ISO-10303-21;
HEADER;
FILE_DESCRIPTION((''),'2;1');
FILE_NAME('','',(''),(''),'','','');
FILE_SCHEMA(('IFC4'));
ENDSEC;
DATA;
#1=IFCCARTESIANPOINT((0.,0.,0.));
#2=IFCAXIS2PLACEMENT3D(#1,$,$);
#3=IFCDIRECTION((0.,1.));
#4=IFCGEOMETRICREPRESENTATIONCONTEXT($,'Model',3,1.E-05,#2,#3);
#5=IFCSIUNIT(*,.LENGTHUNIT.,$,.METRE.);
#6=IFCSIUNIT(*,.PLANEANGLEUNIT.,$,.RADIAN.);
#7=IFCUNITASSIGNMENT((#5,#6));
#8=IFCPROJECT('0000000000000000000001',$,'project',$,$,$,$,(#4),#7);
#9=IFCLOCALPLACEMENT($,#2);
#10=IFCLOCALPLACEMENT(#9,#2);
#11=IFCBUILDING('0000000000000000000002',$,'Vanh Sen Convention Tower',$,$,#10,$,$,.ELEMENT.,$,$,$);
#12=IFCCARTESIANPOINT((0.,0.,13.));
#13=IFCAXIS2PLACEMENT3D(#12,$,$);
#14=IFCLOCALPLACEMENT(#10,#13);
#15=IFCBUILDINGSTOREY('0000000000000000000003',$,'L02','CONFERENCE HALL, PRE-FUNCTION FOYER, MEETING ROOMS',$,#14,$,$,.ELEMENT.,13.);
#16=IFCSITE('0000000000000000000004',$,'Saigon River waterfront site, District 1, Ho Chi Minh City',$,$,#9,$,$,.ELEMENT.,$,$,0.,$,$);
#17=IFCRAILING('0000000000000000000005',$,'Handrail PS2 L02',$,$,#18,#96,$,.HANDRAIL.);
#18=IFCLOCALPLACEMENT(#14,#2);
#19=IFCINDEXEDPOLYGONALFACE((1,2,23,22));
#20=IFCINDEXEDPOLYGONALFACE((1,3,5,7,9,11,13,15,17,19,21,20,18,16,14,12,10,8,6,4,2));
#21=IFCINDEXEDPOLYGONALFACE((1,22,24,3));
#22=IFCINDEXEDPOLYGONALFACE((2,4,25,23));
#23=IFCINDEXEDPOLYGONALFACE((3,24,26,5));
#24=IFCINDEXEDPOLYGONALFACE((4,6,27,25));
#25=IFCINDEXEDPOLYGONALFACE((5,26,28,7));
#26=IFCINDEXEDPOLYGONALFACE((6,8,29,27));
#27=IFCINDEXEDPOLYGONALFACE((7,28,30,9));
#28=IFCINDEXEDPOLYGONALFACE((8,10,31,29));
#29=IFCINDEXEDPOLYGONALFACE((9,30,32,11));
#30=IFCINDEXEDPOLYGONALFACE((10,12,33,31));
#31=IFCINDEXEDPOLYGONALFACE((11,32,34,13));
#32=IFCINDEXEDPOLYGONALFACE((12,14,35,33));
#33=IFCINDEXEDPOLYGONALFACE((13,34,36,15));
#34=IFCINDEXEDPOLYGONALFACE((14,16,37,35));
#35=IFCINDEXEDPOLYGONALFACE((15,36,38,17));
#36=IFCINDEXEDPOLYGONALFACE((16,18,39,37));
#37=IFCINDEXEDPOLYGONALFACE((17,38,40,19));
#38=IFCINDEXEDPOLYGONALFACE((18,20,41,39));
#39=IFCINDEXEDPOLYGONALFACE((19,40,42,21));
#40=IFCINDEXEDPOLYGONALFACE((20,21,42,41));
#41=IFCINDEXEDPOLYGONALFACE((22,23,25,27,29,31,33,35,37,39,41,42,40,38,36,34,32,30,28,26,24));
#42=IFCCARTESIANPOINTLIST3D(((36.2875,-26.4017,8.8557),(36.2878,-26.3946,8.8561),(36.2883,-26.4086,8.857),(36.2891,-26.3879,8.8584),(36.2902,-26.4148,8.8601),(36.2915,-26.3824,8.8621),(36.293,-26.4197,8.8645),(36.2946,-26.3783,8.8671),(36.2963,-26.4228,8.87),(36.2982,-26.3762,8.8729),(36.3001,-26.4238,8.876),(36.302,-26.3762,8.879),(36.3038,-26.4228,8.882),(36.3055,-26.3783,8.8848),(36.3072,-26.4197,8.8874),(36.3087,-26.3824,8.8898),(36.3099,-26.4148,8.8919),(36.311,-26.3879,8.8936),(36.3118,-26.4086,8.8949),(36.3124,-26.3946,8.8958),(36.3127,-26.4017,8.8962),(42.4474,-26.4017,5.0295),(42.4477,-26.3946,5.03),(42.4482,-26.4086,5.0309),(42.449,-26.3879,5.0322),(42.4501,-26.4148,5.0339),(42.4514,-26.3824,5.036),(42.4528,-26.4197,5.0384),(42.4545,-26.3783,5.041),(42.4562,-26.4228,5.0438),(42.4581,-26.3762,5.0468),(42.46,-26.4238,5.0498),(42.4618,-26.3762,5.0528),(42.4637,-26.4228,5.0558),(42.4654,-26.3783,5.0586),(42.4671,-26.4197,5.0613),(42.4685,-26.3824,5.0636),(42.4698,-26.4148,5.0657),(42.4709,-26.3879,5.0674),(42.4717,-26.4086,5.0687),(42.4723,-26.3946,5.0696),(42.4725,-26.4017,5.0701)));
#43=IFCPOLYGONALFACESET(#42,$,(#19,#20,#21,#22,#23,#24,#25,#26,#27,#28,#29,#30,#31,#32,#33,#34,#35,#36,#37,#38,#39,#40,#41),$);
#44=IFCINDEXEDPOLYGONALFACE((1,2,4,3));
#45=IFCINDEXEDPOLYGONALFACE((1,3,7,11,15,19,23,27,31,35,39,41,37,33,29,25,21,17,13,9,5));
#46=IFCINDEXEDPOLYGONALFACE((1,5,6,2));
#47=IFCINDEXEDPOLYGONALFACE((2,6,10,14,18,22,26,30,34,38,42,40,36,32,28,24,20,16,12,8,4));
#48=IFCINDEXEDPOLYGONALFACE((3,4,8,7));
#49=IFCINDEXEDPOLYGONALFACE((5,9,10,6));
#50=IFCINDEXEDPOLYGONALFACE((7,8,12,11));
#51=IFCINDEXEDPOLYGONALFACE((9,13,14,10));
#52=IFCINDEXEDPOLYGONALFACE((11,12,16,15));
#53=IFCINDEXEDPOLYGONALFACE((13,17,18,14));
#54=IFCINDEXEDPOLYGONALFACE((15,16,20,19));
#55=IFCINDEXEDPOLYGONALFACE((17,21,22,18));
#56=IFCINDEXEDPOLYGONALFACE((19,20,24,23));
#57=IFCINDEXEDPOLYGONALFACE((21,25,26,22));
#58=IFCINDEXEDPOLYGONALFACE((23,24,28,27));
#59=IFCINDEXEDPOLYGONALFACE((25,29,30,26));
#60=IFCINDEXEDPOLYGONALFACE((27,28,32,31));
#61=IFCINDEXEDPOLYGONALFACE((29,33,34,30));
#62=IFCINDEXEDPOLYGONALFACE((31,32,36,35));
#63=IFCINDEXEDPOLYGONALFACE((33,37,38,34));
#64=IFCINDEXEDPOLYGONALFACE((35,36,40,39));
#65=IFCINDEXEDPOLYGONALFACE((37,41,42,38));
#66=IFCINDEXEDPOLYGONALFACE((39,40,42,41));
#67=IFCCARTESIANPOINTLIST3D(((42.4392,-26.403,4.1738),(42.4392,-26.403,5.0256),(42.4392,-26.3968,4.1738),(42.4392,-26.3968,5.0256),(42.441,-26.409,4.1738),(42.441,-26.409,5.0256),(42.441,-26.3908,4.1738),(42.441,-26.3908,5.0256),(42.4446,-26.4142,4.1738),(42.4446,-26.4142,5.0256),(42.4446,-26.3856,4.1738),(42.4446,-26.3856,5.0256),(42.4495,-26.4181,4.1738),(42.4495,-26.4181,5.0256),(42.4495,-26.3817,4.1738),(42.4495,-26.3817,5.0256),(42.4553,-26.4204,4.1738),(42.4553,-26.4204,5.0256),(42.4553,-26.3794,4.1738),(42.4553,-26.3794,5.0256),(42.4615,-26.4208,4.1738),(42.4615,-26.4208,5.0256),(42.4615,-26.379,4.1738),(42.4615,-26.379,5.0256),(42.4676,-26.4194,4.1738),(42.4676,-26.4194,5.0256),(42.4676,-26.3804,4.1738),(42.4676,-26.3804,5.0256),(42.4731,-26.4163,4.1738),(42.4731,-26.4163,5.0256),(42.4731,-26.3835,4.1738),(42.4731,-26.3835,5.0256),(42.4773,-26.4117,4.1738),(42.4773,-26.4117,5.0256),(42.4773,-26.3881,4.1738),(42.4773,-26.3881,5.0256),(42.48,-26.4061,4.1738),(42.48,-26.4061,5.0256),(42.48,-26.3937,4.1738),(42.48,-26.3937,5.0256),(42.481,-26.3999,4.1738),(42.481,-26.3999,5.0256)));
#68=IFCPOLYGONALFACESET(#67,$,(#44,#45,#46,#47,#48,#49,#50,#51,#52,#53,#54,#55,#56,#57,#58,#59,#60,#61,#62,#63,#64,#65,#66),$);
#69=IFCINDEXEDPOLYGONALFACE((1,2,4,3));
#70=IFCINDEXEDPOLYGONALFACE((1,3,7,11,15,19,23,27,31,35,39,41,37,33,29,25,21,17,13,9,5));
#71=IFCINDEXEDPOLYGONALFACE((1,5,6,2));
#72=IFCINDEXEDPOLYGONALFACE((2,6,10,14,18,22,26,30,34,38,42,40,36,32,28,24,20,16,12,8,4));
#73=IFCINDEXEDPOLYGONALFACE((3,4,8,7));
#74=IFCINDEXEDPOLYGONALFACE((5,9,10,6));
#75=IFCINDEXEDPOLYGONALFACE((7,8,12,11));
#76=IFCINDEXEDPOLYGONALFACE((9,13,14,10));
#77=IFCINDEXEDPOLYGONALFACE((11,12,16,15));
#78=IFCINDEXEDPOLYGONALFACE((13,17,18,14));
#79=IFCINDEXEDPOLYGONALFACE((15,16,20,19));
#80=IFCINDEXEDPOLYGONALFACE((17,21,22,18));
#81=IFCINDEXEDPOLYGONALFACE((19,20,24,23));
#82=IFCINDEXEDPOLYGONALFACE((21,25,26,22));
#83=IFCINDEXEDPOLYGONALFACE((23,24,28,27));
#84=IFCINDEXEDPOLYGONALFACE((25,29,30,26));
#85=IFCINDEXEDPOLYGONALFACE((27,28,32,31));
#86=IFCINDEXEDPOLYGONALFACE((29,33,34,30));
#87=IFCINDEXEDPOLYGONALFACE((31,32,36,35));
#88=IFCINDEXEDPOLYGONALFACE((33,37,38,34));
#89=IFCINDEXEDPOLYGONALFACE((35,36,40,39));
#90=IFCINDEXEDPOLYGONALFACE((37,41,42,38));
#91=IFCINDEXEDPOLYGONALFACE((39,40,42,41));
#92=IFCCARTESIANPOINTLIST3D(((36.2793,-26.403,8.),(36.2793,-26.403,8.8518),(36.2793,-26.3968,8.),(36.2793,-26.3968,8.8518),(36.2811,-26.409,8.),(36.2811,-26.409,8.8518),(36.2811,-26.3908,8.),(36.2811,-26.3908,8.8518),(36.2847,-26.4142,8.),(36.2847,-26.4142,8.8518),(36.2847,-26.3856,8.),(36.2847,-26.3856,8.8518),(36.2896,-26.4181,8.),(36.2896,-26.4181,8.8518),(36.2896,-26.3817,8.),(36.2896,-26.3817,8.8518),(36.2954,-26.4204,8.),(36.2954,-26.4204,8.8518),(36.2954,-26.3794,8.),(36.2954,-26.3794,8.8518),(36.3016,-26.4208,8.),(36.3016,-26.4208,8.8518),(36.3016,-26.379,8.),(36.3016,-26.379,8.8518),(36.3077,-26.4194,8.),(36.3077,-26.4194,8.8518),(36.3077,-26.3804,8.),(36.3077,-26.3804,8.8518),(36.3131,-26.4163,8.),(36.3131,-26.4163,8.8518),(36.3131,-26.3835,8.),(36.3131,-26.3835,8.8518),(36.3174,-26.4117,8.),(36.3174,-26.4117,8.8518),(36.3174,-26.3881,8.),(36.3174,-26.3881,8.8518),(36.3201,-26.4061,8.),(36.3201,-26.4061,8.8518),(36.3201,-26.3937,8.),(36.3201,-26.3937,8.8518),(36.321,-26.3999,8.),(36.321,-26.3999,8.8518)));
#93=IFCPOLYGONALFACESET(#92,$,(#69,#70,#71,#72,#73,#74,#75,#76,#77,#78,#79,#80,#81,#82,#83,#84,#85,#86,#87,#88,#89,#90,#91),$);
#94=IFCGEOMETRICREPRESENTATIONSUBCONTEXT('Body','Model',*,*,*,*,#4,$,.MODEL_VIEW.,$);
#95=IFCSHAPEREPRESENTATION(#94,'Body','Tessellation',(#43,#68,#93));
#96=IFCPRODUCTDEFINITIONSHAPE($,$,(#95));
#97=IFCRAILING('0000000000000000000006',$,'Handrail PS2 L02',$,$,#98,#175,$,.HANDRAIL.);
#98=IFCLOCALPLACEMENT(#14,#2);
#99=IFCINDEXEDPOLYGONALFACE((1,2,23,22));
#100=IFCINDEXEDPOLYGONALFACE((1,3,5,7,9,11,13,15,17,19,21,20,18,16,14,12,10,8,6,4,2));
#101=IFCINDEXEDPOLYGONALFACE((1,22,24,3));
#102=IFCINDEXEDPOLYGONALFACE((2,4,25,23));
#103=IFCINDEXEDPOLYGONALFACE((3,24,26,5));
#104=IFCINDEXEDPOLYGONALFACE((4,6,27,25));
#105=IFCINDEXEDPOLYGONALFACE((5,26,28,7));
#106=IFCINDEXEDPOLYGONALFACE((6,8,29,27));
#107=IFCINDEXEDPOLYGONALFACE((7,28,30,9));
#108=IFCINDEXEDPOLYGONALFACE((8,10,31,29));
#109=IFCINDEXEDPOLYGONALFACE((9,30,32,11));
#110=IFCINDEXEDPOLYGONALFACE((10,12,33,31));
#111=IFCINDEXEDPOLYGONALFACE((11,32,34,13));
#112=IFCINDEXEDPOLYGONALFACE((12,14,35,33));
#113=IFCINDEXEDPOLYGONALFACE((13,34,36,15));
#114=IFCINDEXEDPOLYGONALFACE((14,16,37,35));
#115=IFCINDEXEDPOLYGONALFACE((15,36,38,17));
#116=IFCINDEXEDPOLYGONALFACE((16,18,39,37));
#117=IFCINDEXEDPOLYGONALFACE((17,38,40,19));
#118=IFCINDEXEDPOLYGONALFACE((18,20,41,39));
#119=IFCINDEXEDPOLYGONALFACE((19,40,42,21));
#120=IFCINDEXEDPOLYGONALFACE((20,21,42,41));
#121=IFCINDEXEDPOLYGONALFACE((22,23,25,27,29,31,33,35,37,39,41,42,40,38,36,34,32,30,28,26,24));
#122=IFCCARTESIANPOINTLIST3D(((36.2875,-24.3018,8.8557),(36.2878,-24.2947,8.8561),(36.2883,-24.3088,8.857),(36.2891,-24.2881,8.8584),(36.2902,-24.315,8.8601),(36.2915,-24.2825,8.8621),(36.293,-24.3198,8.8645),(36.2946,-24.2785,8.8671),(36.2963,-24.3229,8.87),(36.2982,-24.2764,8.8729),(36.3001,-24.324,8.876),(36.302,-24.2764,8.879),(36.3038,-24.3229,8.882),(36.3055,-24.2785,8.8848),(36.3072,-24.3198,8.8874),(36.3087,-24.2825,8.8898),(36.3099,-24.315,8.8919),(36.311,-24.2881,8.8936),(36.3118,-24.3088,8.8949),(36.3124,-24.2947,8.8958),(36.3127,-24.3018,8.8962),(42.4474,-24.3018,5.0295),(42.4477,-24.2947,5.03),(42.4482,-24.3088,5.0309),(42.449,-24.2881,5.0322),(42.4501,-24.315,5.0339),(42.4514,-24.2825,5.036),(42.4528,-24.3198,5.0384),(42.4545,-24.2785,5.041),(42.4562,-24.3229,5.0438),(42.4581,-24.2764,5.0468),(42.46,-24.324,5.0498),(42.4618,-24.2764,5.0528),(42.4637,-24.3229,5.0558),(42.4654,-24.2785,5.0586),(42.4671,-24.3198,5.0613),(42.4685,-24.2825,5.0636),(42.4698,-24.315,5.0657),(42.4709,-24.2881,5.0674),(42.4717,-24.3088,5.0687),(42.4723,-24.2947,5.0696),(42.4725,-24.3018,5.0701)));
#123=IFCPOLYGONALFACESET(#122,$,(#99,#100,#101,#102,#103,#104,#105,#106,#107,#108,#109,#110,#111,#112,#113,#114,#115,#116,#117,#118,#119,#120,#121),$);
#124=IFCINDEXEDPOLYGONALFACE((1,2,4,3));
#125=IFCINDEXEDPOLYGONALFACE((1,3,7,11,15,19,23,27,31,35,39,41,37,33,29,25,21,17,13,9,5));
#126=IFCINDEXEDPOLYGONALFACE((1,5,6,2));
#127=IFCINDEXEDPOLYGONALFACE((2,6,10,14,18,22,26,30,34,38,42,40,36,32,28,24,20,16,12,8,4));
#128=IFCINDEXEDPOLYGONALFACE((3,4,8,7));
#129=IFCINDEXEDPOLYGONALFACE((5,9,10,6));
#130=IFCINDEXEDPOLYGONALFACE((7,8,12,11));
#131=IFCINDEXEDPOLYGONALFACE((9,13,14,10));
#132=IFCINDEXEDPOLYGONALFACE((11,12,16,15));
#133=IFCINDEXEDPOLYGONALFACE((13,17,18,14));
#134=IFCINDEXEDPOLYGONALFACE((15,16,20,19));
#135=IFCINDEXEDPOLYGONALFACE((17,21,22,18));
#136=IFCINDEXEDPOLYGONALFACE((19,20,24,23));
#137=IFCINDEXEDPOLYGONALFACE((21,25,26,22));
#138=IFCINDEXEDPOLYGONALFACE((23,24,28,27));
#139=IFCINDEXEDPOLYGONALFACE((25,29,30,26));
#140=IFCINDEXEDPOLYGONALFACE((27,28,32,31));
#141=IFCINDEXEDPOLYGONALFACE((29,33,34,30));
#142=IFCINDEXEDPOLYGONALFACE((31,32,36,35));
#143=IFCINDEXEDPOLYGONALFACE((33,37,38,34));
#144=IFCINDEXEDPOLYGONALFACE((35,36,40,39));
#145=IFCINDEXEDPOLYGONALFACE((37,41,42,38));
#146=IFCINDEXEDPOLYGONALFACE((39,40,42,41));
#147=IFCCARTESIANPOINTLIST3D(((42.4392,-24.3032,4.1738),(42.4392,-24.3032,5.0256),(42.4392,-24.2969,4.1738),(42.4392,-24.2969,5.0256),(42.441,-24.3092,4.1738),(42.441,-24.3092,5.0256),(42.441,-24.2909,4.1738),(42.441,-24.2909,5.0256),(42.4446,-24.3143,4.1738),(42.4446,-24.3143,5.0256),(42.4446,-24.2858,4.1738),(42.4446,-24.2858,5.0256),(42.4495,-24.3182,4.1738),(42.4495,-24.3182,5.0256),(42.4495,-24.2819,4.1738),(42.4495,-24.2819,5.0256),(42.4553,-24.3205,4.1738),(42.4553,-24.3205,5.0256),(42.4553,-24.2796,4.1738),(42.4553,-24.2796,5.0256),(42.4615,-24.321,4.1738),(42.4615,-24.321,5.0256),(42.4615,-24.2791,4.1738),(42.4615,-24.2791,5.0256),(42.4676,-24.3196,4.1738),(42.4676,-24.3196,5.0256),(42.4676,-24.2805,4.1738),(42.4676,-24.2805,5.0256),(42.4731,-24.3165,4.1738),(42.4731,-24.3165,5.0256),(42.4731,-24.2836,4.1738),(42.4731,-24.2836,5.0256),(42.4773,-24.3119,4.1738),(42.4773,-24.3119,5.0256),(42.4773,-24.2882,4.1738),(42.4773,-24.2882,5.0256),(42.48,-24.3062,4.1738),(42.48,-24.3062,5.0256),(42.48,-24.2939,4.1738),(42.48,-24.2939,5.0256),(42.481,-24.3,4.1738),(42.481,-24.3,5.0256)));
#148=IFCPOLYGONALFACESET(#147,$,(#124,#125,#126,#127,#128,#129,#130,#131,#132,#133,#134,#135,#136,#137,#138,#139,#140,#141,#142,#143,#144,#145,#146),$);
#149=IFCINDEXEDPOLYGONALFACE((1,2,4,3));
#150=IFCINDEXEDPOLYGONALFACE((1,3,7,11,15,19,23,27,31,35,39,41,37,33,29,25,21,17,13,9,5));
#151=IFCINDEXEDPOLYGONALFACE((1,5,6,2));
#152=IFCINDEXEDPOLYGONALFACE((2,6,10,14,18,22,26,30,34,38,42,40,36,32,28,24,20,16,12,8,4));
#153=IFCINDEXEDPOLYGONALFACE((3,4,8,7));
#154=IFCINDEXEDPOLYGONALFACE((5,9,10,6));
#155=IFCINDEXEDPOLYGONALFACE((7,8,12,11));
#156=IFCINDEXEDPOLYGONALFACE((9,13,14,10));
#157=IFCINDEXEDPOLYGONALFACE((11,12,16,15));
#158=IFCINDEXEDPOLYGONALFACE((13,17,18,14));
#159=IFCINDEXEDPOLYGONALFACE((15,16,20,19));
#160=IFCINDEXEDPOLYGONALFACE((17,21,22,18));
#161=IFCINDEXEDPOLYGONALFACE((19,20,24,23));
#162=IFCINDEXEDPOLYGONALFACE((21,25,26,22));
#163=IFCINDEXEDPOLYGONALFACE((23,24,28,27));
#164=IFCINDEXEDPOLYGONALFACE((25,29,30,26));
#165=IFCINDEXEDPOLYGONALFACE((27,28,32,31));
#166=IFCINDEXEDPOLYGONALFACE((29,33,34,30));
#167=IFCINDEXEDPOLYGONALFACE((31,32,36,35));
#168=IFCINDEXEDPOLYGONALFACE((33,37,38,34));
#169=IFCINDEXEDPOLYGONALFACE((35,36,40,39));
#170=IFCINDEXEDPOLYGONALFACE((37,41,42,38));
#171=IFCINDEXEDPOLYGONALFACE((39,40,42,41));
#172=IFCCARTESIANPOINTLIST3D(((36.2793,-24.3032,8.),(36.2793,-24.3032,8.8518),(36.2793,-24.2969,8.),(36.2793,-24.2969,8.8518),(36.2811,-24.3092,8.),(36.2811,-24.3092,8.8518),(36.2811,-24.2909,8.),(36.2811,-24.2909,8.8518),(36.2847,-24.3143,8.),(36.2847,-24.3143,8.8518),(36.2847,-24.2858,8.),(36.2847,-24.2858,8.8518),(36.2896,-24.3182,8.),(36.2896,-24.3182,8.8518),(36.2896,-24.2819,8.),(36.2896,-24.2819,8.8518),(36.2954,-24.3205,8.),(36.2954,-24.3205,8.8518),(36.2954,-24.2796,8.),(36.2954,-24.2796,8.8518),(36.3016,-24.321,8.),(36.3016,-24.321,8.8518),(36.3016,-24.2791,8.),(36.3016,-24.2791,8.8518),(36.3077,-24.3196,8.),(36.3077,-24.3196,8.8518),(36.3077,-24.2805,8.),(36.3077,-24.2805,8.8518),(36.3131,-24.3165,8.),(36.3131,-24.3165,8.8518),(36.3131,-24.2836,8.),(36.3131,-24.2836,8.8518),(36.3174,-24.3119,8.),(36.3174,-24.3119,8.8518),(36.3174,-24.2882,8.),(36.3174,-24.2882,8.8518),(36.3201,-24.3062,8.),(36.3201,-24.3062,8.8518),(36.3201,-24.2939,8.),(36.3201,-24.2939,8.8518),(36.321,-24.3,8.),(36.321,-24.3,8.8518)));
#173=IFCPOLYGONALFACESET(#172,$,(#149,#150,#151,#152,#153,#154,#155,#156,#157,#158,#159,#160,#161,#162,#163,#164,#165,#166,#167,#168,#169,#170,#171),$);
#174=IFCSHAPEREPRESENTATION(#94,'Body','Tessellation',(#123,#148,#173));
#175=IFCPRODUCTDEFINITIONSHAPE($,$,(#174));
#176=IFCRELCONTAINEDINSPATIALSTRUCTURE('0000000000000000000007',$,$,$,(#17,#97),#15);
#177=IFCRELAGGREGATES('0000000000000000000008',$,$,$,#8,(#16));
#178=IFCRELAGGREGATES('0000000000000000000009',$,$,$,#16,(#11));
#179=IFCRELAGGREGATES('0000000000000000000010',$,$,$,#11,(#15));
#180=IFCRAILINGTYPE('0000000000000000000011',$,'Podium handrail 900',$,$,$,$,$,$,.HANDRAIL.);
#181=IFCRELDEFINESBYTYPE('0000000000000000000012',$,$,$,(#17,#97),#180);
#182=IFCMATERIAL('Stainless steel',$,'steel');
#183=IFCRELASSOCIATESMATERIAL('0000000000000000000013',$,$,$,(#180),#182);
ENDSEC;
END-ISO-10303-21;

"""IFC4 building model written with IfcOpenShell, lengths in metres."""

from ifc_helpers import new_model, si_unit, direction, frame, origin, origin_2d, place, context, subcontext, project, spatial, circle, extrude, material, type_object, element, save


model = new_model("IFC4")

# Units and contexts
model_context = context("Model", 3, precision=1e-05, world=origin(), true_north=direction((0.0, 1.0)))
body_context = subcontext(model_context, "Body", "Model", "MODEL_VIEW")
ifc_project = project(units=[si_unit("LENGTHUNIT", "METRE"), si_unit("PLANEANGLEUNIT", "RADIAN")], contexts=[model_context])

# Site, building, storey
site_placement = place(None, origin())
site = spatial("IfcSite", under=ifc_project, at=site_placement, Name="Saigon River waterfront site, District 1, Ho Chi Minh City", CompositionType="ELEMENT", RefElevation=0.0)
building_placement = place(site_placement, origin())
building = spatial("IfcBuilding", under=site, at=building_placement, Name="Vanh Sen Convention Tower", CompositionType="ELEMENT")
storey_placement = place(building_placement, frame((0.0, 0.0, 13.0)))
storey = spatial("IfcBuildingStorey", under=building, at=storey_placement, Name="L02", Description="CONFERENCE HALL, PRE-FUNCTION FOYER, MEETING ROOMS", CompositionType="ELEMENT", Elevation=13.0)

# Railings
ifc_material_1 = material(Name="Stainless steel", Category="steel")
railing_type = type_object("IfcRailingType", Name="Podium handrail 900", PredefinedType="HANDRAIL", material=ifc_material_1)
for number, where, name in (
    (1, (42.46, -26.3999, 4.1738), "Handrail PS2 L02"),
    (2, (42.46, -24.3, 4.1738), "Handrail PS2 L02"),
):
    element("IfcRailing", number, at=place(storey_placement, frame(where)), inside=storey, type_object=railing_type, Name=name, PredefinedType="HANDRAIL", context=body_context, shape_type="SweptSolid", body=[
        extrude(circle(Radius=0.0239, at=origin_2d()), frame((0.0, 0.0, 0.876), z_axis=(-0.849468, 0.0, 0.527639), x_axis=(0.0, -1.0, 0.0)), (0.0, 0.0, 1.0), 7.2515),
        extrude(circle(Radius=0.021, at=origin_2d()), origin(), (0.0, 0.0, 1.0), 0.8518),
        extrude(circle(Radius=0.021, at=origin_2d()), frame((-6.1599, 0.0, 3.8262)), (0.0, 0.0, 1.0), 0.8518),
    ])

save(model, "model.ifc")
